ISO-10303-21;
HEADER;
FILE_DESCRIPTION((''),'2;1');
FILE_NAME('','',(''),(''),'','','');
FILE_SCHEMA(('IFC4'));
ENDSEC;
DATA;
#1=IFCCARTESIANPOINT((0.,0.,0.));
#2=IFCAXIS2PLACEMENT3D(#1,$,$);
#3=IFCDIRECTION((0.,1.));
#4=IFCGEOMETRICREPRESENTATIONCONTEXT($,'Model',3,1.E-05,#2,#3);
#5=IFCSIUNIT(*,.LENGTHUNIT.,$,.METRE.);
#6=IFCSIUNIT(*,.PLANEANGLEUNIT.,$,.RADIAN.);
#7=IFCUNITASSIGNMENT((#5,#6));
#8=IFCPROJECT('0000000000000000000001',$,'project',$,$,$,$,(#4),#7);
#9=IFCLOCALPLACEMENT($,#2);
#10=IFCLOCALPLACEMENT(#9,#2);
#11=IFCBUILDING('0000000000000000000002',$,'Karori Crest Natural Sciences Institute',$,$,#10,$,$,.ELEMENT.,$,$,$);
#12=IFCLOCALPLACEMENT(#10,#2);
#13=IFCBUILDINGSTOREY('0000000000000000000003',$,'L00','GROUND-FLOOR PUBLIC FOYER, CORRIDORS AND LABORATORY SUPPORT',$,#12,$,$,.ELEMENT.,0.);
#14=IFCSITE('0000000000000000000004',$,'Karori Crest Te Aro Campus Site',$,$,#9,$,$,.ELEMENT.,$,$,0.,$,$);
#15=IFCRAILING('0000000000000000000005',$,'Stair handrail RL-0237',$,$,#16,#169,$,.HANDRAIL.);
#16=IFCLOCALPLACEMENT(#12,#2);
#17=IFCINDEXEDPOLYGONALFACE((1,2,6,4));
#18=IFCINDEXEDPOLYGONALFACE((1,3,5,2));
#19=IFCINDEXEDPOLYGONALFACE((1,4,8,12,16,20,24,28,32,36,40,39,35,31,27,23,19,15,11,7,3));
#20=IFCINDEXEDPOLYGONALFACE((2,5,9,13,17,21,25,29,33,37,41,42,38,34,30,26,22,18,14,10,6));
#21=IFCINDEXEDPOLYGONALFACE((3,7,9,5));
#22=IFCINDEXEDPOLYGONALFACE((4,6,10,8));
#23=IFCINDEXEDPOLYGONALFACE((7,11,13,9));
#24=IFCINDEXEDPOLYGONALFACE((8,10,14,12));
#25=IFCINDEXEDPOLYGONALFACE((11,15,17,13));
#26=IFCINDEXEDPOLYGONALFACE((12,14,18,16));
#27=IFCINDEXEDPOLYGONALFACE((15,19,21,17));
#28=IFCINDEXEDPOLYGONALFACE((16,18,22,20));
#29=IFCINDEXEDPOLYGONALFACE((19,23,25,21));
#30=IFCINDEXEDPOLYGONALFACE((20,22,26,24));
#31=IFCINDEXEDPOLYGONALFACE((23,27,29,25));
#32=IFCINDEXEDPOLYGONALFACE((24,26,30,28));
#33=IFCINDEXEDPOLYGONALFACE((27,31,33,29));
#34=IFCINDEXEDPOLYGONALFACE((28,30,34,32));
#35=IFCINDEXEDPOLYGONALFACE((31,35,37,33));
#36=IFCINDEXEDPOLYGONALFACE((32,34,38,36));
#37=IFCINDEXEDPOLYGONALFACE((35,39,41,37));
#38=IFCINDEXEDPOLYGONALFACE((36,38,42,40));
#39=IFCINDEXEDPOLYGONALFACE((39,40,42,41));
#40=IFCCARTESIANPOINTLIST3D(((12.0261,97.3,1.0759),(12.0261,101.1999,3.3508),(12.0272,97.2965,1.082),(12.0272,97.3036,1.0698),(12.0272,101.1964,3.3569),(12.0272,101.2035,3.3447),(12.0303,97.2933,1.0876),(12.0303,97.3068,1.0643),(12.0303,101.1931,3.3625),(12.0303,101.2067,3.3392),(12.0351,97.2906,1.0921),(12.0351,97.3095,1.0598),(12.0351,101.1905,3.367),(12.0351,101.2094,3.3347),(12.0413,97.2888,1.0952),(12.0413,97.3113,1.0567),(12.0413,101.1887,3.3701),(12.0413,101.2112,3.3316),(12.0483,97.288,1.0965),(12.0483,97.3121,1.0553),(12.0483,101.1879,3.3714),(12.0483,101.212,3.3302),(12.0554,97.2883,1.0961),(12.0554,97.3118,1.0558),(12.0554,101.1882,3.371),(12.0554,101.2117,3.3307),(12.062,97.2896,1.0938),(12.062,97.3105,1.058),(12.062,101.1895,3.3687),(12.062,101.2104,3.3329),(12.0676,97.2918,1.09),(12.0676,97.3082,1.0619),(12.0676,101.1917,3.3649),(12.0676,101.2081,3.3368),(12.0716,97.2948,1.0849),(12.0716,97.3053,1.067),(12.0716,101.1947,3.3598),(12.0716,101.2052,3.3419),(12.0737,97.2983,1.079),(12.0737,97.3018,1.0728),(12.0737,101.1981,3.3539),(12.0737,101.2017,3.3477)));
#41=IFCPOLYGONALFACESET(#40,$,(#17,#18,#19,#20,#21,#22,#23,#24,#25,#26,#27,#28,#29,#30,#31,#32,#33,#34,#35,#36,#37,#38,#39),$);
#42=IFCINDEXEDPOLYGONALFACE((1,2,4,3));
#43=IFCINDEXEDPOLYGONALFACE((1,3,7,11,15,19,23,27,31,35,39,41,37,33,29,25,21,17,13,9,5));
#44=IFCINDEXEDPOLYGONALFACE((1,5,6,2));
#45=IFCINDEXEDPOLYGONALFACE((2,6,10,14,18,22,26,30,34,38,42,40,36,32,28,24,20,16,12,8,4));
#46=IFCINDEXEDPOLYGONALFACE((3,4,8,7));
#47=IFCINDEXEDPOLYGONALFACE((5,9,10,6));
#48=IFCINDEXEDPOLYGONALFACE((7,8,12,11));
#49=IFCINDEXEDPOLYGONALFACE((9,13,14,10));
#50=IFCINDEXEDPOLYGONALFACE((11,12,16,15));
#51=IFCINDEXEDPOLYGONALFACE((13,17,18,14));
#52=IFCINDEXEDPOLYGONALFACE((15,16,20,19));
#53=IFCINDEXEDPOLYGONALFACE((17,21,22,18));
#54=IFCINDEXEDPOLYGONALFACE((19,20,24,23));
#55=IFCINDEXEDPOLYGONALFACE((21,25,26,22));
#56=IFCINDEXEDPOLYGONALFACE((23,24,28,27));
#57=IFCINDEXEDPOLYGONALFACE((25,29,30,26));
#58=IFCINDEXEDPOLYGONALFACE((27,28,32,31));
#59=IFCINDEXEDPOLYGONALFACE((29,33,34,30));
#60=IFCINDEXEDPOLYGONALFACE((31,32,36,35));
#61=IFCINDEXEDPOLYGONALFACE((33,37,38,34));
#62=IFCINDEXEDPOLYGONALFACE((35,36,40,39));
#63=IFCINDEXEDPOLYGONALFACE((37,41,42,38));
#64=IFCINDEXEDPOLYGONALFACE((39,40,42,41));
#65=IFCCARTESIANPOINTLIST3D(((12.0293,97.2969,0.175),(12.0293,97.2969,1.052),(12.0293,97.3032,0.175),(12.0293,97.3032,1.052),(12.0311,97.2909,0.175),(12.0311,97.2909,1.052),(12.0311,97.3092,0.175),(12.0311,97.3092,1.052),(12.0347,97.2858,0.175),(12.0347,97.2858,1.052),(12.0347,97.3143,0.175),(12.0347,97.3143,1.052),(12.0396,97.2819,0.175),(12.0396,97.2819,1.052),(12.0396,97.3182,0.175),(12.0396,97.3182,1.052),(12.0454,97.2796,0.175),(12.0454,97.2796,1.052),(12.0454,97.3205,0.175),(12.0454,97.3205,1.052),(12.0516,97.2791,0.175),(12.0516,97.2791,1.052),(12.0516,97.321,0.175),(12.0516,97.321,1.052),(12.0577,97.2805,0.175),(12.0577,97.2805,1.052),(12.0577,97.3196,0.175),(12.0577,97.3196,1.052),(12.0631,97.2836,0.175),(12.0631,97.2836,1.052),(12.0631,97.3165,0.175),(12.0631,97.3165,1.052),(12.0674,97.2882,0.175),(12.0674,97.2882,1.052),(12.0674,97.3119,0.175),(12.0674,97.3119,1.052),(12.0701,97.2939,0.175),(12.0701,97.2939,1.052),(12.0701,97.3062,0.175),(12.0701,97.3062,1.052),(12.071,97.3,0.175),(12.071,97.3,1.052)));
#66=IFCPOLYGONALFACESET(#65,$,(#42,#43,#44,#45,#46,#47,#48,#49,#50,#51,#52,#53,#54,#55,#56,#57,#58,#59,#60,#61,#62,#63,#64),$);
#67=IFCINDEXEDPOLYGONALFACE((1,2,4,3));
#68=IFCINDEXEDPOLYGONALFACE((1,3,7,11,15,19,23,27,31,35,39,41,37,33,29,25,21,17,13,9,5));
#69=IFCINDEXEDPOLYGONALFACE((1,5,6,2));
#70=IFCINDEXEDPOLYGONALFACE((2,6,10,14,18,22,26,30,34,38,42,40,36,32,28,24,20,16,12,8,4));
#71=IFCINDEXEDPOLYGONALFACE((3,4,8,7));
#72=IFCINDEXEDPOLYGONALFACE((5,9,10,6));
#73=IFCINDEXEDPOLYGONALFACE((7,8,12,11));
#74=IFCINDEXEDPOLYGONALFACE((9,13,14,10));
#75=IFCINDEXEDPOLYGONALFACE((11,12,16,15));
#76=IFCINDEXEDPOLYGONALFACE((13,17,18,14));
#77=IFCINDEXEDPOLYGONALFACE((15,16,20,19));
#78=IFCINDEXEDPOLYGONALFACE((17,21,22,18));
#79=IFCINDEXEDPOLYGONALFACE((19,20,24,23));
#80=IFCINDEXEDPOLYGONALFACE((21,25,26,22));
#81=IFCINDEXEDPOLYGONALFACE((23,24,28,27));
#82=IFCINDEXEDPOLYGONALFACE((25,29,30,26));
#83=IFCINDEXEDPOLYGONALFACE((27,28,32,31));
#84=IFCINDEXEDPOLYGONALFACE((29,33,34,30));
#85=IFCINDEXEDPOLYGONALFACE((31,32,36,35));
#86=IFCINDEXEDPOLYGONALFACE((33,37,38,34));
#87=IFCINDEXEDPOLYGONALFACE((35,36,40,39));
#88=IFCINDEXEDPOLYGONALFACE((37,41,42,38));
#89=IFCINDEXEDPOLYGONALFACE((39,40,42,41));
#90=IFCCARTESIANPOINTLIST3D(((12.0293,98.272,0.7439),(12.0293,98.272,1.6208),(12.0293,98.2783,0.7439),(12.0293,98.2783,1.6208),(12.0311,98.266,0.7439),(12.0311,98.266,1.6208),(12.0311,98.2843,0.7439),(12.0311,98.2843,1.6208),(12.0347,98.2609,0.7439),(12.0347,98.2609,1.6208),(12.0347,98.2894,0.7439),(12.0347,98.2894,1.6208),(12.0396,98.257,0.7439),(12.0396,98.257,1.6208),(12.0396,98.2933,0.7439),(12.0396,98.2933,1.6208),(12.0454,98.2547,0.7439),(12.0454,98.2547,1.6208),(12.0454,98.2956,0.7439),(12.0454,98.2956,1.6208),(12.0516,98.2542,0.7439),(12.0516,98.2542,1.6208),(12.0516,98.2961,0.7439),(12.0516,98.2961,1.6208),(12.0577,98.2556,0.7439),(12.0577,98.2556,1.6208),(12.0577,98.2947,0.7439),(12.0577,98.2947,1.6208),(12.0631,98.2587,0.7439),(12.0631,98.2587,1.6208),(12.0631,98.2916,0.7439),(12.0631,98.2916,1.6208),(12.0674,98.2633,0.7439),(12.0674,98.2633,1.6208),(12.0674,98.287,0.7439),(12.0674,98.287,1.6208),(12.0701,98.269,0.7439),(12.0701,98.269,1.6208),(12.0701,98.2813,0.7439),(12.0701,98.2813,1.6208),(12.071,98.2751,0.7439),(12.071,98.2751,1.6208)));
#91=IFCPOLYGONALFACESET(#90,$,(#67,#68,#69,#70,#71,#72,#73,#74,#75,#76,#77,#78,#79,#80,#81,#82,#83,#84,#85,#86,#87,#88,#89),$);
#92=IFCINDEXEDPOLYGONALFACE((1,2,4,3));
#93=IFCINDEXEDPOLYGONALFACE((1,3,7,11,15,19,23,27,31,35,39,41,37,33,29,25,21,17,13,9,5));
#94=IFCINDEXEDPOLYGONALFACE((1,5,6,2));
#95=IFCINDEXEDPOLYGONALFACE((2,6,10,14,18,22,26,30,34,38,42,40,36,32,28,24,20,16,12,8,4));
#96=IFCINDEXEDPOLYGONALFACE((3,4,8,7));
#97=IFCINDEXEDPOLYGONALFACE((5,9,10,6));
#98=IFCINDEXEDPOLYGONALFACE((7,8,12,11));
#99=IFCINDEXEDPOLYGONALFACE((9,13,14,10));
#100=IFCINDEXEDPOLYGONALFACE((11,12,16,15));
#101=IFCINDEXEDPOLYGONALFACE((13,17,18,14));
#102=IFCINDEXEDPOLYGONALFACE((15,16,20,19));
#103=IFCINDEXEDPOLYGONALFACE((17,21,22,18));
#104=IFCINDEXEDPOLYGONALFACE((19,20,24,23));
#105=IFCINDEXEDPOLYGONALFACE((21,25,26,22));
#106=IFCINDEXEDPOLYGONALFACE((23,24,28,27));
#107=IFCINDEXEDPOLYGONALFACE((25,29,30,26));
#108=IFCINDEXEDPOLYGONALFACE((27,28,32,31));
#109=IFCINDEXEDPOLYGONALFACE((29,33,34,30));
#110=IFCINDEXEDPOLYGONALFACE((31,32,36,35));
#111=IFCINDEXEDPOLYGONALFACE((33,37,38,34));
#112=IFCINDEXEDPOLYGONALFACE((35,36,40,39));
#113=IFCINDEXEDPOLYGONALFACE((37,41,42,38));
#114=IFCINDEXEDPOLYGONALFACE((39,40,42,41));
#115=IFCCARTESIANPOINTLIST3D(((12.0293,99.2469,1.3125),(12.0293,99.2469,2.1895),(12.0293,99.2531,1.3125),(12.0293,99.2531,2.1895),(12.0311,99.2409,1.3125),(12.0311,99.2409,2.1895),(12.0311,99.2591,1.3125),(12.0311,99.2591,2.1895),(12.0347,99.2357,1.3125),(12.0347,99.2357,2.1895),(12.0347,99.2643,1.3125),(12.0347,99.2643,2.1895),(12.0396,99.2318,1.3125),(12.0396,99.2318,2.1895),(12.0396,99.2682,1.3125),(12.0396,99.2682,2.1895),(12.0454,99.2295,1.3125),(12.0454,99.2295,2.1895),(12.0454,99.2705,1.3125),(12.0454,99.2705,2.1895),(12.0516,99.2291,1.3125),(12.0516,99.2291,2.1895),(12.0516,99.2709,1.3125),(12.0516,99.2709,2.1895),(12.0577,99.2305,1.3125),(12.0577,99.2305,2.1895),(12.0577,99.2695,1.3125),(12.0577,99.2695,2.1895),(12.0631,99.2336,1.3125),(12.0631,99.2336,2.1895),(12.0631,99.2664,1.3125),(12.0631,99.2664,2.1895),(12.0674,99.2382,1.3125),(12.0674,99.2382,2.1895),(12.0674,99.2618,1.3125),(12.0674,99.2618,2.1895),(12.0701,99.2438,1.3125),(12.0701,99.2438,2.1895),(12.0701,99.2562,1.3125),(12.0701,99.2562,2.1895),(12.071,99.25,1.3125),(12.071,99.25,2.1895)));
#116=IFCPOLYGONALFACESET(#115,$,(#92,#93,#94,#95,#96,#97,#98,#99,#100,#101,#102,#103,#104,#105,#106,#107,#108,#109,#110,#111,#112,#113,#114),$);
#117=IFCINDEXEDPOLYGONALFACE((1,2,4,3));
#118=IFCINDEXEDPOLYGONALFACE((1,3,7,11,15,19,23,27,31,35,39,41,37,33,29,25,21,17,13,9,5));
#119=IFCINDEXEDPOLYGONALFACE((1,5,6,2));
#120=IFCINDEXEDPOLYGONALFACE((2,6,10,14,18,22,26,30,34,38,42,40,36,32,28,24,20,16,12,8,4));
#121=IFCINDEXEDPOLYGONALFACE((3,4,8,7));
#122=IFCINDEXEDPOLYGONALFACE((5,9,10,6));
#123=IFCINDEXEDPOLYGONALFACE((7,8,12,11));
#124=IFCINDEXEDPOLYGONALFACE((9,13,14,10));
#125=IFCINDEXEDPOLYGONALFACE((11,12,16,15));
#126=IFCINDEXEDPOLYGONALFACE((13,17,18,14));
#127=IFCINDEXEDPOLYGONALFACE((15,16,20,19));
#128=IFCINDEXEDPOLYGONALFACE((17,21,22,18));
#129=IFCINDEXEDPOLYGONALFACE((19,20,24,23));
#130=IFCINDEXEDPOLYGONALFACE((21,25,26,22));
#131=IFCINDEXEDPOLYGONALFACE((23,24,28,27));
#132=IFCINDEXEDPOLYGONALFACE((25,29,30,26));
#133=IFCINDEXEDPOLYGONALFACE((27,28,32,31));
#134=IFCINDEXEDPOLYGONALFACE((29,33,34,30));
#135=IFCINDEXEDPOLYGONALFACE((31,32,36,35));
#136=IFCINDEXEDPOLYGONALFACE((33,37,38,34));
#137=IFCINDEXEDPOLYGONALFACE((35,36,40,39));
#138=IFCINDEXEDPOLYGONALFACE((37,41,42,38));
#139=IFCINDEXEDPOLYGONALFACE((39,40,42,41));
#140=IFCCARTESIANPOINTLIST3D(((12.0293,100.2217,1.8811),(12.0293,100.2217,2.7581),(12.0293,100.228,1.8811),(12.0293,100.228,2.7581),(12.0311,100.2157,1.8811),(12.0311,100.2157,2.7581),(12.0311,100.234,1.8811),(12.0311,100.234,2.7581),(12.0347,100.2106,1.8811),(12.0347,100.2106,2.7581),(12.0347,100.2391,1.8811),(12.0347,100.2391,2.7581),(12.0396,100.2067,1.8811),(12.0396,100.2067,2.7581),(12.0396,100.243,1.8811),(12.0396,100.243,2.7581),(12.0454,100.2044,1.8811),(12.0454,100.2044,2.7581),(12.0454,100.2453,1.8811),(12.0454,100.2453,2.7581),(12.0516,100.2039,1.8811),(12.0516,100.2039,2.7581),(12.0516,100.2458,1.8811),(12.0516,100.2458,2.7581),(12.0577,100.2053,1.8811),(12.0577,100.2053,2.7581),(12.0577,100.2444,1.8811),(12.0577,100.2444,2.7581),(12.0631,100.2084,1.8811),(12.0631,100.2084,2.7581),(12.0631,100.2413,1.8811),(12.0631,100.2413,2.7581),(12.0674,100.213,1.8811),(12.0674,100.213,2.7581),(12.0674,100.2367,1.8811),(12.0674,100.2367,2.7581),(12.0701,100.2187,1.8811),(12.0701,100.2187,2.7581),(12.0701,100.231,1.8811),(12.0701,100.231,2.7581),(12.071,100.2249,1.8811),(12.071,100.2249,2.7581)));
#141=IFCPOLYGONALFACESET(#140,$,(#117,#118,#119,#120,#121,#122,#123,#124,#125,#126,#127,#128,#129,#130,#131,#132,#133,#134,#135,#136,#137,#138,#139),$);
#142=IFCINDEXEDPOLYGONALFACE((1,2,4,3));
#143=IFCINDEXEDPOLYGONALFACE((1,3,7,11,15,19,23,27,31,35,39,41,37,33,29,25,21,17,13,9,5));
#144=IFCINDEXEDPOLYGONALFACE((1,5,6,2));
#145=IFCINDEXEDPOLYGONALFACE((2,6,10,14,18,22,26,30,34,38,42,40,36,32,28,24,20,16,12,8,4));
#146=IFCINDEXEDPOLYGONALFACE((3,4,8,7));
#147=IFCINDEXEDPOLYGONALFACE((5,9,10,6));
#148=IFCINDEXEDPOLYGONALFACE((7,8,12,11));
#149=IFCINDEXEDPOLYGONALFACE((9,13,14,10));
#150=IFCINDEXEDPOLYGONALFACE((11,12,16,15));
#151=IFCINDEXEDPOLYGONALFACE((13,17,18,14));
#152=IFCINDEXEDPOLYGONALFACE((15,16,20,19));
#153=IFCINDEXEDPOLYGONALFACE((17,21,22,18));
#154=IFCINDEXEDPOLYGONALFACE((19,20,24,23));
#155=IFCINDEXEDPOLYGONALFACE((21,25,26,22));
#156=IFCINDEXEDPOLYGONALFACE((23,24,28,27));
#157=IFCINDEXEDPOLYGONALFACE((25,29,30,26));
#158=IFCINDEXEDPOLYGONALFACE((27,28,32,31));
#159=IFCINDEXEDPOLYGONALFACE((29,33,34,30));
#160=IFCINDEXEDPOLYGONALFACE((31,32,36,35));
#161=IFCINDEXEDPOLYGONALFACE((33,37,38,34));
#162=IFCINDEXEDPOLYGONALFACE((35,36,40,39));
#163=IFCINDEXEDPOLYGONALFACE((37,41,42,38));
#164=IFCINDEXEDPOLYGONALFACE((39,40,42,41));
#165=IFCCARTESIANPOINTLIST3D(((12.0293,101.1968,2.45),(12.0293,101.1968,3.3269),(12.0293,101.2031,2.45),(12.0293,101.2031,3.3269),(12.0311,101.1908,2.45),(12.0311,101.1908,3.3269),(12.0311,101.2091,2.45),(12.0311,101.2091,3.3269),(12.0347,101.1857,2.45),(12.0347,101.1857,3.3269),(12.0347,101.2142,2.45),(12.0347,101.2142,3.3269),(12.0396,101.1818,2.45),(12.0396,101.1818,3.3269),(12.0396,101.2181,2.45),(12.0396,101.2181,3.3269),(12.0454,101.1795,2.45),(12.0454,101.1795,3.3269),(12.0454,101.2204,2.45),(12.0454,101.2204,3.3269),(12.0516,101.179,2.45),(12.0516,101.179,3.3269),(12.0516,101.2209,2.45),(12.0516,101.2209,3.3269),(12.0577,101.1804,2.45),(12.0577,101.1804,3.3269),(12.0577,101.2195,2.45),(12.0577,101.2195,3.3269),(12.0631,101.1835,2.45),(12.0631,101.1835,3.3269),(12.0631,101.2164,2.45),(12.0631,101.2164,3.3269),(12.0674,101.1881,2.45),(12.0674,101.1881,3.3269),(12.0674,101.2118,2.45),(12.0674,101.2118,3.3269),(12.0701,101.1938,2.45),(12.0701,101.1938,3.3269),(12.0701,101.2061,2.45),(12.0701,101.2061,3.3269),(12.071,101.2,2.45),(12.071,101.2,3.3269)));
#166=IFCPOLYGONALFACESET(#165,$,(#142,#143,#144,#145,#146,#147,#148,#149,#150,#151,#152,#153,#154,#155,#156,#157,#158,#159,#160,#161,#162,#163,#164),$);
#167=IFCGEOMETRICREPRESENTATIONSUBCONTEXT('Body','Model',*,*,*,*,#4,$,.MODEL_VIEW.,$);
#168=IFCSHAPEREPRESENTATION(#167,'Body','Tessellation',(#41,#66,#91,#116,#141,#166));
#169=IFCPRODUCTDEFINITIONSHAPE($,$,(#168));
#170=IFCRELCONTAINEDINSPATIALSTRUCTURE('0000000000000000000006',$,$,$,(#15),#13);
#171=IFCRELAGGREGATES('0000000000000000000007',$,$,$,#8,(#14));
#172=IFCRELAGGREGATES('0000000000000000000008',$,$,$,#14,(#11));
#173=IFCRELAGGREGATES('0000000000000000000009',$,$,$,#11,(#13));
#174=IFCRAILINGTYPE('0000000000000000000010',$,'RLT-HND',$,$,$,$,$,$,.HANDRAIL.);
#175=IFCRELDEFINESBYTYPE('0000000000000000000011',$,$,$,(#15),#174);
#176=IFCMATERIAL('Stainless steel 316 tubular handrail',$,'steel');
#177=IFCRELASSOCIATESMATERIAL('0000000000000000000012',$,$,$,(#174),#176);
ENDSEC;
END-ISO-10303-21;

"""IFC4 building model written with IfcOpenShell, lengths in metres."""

from ifc_helpers import new_model, si_unit, direction, frame, origin, origin_2d, place, context, subcontext, project, spatial, circle, extrude, material, type_object, element, save


model = new_model("IFC4")

# Units and contexts
model_context = context("Model", 3, precision=1e-05, world=origin(), true_north=direction((0.0, 1.0)))
body_context = subcontext(model_context, "Body", "Model", "MODEL_VIEW")
ifc_project = project(units=[si_unit("LENGTHUNIT", "METRE"), si_unit("PLANEANGLEUNIT", "RADIAN")], contexts=[model_context])

# Site, building, storey
site_placement = place(None, origin())
site = spatial("IfcSite", under=ifc_project, at=site_placement, Name="Karori Crest Te Aro Campus Site", CompositionType="ELEMENT", RefElevation=0.0)
building_placement = place(site_placement, origin())
building = spatial("IfcBuilding", under=site, at=building_placement, Name="Karori Crest Natural Sciences Institute", CompositionType="ELEMENT")
storey_placement = place(building_placement, origin())
storey = spatial("IfcBuildingStorey", under=building, at=storey_placement, Name="L00", Description="GROUND-FLOOR PUBLIC FOYER, CORRIDORS AND LABORATORY SUPPORT", CompositionType="ELEMENT", Elevation=0.0)

# Railing
ifc_material_1 = material(Name="Stainless steel 316 tubular handrail", Category="steel")
railing_type_1 = type_object("IfcRailingType", Name="RLT-HND", PredefinedType="HANDRAIL", material=ifc_material_1)
railing_1_placement = place(storey_placement, frame((12.05, 97.3, 0.175)))
element("IfcRailing", 1, at=railing_1_placement, inside=storey, type_object=railing_type_1, Name="Stair handrail RL-0237", PredefinedType="HANDRAIL", context=body_context, shape_type="SweptSolid", body=[
    extrude(circle(Radius=0.0239, at=origin_2d()), frame((0.0, 0.0, 0.9009), z_axis=(0.0, 0.863783, 0.503864), x_axis=(-1.0, 0.0, 0.0)), (0.0, 0.0, 1.0), 4.5149),
    extrude(circle(Radius=0.021, at=origin_2d()), origin(), (0.0, 0.0, 1.0), 0.877),
    extrude(circle(Radius=0.021, at=origin_2d()), frame((0.0, 0.9751, 0.5688)), (0.0, 0.0, 1.0), 0.877),
    extrude(circle(Radius=0.021, at=origin_2d()), frame((0.0, 1.95, 1.1375)), (0.0, 0.0, 1.0), 0.877),
    extrude(circle(Radius=0.021, at=origin_2d()), frame((0.0, 2.9248, 1.7061)), (0.0, 0.0, 1.0), 0.877),
    extrude(circle(Radius=0.021, at=origin_2d()), frame((0.0, 3.8999, 2.2749)), (0.0, 0.0, 1.0), 0.877),
])

save(model, "model.ifc")
